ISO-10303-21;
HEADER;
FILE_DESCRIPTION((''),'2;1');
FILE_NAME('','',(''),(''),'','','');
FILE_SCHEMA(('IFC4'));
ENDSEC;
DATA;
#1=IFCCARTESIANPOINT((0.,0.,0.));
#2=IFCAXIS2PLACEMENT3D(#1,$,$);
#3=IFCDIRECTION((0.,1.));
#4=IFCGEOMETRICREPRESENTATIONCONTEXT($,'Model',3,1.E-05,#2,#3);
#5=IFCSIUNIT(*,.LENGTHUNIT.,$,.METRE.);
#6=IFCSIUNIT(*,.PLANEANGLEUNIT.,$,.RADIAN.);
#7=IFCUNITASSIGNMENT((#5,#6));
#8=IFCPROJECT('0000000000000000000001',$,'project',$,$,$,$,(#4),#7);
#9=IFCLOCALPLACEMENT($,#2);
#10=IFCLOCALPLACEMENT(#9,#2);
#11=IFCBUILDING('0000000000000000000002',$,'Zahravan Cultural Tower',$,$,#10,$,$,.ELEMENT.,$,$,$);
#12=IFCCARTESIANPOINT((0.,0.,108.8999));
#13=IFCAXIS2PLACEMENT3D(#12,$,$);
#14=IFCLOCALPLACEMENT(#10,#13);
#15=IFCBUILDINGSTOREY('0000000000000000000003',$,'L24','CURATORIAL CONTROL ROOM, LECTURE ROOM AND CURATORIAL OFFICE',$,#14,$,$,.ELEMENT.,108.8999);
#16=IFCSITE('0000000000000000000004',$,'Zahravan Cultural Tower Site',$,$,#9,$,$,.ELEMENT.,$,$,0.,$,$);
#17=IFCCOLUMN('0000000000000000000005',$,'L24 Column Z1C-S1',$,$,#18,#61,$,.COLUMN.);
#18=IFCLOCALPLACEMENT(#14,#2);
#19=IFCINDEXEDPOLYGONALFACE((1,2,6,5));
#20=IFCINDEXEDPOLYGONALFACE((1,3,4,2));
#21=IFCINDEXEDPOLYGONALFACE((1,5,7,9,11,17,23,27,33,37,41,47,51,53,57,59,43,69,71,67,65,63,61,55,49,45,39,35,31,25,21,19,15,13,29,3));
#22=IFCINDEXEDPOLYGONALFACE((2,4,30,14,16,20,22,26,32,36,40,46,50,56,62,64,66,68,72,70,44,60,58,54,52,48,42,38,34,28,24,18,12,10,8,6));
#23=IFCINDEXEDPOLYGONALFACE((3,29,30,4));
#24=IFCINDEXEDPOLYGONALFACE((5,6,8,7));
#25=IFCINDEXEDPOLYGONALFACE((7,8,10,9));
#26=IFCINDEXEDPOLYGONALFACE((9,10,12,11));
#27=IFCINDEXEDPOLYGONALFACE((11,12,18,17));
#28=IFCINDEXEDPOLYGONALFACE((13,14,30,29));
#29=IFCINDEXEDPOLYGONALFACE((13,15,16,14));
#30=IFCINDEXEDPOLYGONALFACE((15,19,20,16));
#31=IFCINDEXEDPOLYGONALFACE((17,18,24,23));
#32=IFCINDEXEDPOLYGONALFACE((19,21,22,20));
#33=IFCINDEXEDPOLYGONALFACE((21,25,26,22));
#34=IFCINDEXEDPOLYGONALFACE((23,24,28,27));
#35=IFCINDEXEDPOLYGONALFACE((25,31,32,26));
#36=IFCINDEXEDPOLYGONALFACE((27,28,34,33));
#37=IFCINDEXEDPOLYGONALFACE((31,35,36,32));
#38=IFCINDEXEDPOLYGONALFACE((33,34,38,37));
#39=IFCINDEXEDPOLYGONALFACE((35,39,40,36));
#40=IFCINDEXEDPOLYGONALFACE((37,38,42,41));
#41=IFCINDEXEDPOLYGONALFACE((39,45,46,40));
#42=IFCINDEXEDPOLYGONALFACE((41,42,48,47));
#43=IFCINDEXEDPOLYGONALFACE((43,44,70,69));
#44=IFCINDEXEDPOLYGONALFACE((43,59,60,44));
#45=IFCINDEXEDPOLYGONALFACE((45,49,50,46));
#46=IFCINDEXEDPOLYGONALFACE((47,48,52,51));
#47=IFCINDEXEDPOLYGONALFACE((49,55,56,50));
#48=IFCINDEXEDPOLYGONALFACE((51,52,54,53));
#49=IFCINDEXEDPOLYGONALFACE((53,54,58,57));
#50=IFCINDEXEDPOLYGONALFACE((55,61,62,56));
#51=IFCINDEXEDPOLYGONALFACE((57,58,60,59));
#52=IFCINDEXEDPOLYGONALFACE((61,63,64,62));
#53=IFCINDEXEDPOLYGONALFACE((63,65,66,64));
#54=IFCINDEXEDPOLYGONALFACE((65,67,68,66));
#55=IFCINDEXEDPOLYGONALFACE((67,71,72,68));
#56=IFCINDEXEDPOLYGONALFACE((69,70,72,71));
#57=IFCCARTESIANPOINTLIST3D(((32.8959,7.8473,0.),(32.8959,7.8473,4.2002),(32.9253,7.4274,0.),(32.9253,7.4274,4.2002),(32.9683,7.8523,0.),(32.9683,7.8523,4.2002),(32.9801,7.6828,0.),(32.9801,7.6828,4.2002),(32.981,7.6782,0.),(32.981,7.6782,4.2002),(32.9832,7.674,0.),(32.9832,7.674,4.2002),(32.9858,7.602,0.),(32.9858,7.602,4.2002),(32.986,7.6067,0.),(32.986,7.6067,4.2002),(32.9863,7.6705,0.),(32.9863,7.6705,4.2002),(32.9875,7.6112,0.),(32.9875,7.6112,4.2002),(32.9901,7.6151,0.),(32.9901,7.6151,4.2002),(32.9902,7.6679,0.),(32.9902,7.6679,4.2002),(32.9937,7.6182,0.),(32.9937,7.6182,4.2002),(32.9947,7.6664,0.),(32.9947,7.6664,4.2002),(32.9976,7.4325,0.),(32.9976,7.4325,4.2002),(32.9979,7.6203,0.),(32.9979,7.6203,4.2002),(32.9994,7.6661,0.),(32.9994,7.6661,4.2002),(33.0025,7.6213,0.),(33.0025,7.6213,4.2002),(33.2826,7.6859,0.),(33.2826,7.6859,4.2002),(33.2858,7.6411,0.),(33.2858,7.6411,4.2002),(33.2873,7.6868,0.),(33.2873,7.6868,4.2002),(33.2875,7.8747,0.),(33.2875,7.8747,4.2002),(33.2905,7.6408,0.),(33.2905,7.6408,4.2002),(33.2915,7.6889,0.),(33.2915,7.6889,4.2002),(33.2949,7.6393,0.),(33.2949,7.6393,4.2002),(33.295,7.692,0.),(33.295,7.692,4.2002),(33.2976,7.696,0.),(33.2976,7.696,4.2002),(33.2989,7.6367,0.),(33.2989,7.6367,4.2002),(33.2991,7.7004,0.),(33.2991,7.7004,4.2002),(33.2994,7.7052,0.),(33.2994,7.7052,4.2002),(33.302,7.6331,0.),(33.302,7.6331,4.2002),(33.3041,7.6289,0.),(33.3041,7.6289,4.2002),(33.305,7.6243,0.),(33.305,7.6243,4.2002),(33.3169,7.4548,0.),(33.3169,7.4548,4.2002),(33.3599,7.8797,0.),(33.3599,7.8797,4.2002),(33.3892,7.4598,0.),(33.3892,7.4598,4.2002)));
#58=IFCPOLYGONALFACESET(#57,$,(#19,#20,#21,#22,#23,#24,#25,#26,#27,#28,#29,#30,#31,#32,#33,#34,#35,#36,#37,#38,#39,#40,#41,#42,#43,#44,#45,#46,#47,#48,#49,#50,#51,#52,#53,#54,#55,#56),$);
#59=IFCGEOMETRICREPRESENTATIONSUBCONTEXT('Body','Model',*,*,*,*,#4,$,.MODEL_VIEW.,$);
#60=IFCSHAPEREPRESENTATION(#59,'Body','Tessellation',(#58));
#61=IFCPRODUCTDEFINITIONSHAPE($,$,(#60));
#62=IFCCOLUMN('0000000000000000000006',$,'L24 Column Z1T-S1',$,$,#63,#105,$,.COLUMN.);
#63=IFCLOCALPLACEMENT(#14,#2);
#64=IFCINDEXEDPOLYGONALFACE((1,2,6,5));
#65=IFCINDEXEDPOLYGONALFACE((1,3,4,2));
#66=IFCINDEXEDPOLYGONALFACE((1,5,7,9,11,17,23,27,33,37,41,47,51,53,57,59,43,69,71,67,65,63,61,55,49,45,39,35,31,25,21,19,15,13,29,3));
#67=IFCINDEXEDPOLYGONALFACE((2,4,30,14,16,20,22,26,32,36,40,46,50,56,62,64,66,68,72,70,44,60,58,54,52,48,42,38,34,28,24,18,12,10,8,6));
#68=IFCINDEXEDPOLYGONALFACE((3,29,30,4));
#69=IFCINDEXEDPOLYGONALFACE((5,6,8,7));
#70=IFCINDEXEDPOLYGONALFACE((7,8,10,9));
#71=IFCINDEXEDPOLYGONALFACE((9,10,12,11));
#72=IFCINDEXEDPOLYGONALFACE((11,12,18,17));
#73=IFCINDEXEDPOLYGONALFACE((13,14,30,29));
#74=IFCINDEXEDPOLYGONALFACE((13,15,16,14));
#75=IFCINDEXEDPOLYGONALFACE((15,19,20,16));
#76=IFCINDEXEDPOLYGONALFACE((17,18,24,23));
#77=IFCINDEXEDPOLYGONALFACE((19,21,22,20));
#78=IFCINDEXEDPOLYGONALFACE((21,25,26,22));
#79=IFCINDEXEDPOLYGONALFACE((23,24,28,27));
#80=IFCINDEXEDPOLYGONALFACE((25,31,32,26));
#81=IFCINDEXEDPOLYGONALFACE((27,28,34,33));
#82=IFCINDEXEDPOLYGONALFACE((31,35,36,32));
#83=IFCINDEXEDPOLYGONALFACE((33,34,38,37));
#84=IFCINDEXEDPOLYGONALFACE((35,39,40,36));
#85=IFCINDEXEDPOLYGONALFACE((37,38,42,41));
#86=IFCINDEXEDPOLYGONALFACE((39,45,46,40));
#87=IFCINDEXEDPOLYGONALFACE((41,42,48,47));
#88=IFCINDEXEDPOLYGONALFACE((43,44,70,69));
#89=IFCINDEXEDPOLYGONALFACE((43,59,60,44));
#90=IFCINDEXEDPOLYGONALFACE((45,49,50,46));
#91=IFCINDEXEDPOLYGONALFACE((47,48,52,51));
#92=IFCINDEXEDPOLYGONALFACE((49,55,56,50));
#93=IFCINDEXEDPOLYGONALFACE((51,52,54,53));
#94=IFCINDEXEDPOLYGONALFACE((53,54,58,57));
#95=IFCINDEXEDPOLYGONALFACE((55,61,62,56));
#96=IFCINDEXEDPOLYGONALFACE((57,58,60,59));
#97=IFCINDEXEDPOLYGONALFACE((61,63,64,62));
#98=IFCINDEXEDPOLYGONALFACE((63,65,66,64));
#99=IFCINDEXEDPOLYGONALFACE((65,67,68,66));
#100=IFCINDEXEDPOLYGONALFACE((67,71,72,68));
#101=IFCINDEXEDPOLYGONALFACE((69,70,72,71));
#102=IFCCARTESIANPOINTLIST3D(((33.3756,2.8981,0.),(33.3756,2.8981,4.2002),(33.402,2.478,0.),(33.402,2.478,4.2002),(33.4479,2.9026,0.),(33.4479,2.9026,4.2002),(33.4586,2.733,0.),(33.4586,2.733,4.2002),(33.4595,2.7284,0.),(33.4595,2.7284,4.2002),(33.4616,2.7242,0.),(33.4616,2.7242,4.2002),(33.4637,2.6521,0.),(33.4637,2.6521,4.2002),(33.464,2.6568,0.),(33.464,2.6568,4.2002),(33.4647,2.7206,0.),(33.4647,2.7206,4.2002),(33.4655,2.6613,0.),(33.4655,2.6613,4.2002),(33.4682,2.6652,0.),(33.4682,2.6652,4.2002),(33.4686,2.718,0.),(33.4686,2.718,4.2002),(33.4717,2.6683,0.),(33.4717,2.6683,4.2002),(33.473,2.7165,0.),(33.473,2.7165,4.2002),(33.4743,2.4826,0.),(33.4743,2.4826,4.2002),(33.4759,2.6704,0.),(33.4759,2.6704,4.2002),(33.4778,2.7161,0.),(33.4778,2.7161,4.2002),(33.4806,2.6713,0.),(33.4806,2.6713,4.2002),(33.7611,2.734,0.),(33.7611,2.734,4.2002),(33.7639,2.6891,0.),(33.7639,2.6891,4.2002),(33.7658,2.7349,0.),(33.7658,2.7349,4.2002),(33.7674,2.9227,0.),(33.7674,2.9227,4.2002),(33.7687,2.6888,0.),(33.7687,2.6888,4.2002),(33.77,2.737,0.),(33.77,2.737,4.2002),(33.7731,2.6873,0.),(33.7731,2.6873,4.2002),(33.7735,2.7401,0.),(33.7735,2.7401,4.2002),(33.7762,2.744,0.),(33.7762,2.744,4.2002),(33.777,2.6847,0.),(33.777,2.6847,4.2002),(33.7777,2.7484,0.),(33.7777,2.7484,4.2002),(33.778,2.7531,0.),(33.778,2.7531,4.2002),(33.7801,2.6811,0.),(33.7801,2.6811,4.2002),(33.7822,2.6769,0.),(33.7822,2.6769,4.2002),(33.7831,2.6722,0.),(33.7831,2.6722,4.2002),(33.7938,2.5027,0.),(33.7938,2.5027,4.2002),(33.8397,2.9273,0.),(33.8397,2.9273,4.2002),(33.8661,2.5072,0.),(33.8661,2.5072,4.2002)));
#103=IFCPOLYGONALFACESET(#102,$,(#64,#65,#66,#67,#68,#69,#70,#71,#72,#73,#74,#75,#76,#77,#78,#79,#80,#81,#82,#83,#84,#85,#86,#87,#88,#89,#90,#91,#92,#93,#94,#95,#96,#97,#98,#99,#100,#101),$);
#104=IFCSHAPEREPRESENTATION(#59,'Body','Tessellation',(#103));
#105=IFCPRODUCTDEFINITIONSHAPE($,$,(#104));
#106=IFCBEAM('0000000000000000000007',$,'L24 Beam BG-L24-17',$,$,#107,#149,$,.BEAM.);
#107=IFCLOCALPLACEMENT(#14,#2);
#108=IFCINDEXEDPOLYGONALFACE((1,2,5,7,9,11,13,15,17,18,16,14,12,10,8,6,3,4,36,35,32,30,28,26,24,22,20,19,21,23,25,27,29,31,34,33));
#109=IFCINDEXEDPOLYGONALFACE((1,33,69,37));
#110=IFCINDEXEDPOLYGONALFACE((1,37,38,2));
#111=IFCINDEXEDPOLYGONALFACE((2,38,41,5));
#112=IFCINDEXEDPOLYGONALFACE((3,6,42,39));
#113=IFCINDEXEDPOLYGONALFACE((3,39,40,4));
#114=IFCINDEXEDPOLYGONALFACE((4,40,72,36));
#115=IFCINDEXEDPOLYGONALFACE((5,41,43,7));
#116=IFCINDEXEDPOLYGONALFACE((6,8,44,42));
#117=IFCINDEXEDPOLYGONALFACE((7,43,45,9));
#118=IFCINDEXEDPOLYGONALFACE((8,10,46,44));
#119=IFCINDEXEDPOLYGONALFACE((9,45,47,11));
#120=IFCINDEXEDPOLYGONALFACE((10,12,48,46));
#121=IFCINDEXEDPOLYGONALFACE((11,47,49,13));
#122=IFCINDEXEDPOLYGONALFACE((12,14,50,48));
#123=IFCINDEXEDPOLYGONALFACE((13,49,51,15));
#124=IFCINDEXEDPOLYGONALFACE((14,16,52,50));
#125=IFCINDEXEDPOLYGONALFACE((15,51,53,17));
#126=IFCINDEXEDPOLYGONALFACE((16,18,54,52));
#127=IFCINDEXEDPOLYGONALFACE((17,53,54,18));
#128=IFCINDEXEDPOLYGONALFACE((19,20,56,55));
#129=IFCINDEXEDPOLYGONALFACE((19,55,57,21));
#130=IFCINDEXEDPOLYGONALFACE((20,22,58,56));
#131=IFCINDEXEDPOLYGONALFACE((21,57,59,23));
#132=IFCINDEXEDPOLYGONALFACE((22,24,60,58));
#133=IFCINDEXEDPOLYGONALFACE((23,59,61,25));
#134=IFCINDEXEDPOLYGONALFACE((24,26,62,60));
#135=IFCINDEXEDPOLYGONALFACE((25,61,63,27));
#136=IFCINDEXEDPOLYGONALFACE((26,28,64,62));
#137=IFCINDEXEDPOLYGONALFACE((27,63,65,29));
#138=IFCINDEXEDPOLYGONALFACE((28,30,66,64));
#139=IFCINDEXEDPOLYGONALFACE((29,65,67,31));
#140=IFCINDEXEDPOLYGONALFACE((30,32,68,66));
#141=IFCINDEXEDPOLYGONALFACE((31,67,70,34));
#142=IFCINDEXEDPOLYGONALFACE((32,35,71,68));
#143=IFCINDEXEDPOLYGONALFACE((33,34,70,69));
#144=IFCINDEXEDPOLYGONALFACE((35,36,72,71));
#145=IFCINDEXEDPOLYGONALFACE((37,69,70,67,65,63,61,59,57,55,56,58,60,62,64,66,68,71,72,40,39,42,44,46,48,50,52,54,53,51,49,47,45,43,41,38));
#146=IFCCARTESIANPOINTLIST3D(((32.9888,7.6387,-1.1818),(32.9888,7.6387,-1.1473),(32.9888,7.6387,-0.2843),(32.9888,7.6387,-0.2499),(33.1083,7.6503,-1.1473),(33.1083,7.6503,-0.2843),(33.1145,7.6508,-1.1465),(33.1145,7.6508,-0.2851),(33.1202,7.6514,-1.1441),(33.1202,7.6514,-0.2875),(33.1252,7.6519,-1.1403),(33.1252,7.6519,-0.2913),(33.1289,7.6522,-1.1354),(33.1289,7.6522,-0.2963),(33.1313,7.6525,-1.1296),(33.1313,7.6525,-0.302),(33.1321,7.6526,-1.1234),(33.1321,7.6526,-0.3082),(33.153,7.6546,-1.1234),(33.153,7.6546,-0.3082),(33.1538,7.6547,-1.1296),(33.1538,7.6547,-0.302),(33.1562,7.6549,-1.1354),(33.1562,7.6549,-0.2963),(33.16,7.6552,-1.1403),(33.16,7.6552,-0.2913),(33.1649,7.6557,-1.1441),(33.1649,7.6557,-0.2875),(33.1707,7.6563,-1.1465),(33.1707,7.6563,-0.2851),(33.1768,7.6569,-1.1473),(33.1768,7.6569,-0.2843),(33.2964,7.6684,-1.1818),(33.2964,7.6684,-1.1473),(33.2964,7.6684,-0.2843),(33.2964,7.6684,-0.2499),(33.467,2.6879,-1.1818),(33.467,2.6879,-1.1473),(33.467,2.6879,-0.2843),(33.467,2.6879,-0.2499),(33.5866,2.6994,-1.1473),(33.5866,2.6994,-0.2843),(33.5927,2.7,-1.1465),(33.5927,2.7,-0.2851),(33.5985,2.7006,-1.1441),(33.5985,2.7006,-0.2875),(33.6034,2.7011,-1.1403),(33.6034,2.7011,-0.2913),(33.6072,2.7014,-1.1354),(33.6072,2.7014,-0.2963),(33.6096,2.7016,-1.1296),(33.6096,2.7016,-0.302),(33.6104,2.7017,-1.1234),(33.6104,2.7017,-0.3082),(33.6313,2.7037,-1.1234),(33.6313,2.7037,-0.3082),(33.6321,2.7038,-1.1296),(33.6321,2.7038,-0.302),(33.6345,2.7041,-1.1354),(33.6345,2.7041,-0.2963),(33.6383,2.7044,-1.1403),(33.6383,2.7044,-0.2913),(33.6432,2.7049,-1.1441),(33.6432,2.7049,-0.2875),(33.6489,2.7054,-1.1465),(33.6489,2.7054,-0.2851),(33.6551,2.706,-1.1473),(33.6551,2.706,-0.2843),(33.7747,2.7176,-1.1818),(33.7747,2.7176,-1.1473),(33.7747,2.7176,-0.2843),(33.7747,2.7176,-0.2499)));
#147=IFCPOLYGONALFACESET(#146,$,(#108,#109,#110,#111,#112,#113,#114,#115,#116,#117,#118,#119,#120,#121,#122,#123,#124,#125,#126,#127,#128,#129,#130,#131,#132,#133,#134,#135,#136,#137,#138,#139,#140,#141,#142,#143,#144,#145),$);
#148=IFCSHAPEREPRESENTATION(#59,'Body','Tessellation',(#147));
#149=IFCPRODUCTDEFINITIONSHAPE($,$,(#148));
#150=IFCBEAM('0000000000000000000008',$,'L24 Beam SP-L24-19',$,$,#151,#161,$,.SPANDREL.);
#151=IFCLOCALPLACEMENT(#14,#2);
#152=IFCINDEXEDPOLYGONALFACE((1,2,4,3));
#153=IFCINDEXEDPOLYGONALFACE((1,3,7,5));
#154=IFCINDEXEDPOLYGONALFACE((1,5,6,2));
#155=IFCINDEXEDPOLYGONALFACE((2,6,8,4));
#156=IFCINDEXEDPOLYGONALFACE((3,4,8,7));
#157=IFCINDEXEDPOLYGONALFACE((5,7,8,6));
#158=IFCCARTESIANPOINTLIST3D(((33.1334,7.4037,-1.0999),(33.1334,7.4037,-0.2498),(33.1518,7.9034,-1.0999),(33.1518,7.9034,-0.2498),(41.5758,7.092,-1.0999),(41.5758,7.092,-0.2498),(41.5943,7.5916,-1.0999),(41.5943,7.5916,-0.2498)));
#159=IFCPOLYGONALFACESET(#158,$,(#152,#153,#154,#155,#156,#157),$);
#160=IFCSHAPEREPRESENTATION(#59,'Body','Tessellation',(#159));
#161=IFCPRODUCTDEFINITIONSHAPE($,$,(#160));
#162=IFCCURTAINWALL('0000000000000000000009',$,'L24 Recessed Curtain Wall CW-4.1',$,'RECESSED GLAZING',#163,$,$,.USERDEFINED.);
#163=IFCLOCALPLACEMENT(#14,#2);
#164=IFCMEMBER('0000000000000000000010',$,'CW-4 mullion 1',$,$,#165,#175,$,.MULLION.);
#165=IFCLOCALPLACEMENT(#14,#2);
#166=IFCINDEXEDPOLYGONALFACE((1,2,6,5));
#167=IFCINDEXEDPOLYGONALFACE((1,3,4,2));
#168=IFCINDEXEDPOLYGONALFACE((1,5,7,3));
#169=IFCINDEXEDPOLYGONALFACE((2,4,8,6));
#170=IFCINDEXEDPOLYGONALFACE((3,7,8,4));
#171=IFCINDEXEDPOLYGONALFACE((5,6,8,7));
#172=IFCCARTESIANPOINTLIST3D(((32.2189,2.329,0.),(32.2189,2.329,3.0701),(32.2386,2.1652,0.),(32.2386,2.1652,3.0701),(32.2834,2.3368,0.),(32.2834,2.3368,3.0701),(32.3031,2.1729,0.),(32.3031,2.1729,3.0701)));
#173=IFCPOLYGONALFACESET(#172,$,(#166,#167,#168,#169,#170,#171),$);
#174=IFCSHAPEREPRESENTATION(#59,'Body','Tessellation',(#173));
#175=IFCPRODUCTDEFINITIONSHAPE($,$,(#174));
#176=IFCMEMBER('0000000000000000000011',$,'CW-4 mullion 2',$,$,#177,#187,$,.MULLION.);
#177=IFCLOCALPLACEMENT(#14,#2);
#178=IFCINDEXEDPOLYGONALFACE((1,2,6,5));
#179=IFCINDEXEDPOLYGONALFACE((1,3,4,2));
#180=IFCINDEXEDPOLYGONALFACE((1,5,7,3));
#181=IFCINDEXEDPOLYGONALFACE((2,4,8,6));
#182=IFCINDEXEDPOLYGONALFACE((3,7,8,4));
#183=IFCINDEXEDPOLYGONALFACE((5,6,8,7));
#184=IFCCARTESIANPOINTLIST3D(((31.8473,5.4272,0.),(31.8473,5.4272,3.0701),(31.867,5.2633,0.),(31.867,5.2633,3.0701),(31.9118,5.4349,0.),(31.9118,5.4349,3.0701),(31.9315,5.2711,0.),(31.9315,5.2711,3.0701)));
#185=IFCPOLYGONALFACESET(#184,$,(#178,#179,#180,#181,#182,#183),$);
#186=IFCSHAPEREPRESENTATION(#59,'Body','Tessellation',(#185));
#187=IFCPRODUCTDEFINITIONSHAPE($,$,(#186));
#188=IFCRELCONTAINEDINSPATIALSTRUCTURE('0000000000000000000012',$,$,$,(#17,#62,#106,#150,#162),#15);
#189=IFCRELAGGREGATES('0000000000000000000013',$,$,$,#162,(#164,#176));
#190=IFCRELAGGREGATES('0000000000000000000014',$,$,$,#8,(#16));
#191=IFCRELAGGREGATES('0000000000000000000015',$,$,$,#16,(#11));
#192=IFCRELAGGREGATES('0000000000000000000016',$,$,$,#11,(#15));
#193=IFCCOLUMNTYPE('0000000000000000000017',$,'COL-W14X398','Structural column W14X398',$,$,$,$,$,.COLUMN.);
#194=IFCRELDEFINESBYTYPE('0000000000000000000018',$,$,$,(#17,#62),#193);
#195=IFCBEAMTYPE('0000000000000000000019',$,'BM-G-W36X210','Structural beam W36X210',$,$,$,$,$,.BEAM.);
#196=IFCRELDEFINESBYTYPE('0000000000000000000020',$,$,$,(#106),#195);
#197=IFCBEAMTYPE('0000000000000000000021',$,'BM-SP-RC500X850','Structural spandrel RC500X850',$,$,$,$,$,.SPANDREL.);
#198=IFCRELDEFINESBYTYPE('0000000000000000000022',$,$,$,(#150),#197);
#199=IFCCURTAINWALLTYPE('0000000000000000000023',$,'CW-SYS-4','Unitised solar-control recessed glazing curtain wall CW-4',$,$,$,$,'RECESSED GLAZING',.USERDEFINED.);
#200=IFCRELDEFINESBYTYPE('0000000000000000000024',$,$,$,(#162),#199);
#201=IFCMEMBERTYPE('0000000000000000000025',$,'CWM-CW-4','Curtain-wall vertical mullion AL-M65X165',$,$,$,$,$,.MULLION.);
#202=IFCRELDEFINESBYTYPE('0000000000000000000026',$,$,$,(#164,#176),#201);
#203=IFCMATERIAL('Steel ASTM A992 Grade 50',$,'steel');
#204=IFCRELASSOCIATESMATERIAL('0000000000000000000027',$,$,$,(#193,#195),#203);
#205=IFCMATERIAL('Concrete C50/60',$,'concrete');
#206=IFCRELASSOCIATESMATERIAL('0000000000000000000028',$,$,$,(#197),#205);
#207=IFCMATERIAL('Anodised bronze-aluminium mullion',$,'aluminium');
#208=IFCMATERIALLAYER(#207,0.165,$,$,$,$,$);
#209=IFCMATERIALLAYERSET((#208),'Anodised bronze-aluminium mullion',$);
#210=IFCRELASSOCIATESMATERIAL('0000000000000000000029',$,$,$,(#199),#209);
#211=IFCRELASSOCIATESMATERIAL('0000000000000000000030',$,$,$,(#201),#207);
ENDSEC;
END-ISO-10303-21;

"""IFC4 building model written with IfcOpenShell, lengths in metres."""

from ifc_helpers import new_model, si_unit, direction, frame, origin, origin_2d, place, context, subcontext, project, spatial, rectangle, i_section, extrude, source, transform, mapped, material, layer, layer_set, material_profile, profile_set, type_object, element, aggregate, save


model = new_model("IFC4")

# Units and contexts
model_context = context("Model", 3, precision=1e-05, world=origin(), true_north=direction((0.0, 1.0)))
body_context = subcontext(model_context, "Body", "Model", "MODEL_VIEW")
ifc_project = project(units=[si_unit("LENGTHUNIT", "METRE"), si_unit("PLANEANGLEUNIT", "RADIAN")], contexts=[model_context])

# Site, building, storey
site_placement = place(None, origin())
site = spatial("IfcSite", under=ifc_project, at=site_placement, Name="Zahravan Cultural Tower Site", CompositionType="ELEMENT", RefElevation=0.0)
building_placement = place(site_placement, origin())
building = spatial("IfcBuilding", under=site, at=building_placement, Name="Zahravan Cultural Tower", CompositionType="ELEMENT")
storey_placement = place(building_placement, frame((0.0, 0.0, 108.8999)))
storey = spatial("IfcBuildingStorey", under=building, at=storey_placement, Name="L24", Description="CURATORIAL CONTROL ROOM, LECTURE ROOM AND CURATORIAL OFFICE", CompositionType="ELEMENT", Elevation=108.8999)

# Columns
ifc_material_1 = material(Name="Steel ASTM A992 Grade 50", Category="steel")
ifc_material_profile_1 = material_profile(ifc_material_1, i_section(OverallWidth=0.4209, OverallDepth=0.4651, WebThickness=0.0449, FlangeThickness=0.0725, FilletRadius=0.0181, at=origin_2d()), Name="W14X398")
ifc_profile_set_1 = profile_set([ifc_material_profile_1], Name="Steel ASTM A992 Grade 50")
column_type = type_object("IfcColumnType", Name="COL-W14X398", Description="Structural column W14X398", PredefinedType="COLUMN", material=ifc_profile_set_1)
shared_shape_1 = source(origin(), body_context, "Body", "SweptSolid", [
    extrude(i_section(OverallWidth=0.4209, OverallDepth=0.4651, WebThickness=0.0449, FlangeThickness=0.0725, FilletRadius=0.0181, at=origin_2d()), origin(), (0.0, 0.0, 1.0), 4.2002),
])
for number, where, z_axis, x_axis, name in (
    (1, (33.1426, 7.6536, 0.0), (0.0, 0.0, 1.0), (-0.069756, 0.997564, 0.0), "L24 Column Z1C-S1"),
    (2, (33.6208, 2.7026, 0.0), (0.0, 0.0, 1.0), (-0.062791, 0.998027, 0.0), "L24 Column Z1T-S1"),
):
    element("IfcColumn", number, at=place(storey_placement, frame(where, z_axis=z_axis, x_axis=x_axis)), inside=storey, type_object=column_type, Name=name, PredefinedType="COLUMN", context=body_context, shape_type="MappedRepresentation", body=[
        mapped(shared_shape_1, transform((0.0, 0.0, 0.0), x_axis=(1.0, 0.0, 0.0), y_axis=(0.0, 1.0, 0.0), z_axis=(0.0, 0.0, 1.0), scale=1.0)),
    ])

# Beams
ifc_material_profile_2 = material_profile(ifc_material_1, i_section(OverallWidth=0.3091, OverallDepth=0.9319, WebThickness=0.021, FlangeThickness=0.0344, FilletRadius=0.0239, at=origin_2d()), Name="W36X210")
ifc_profile_set_2 = profile_set([ifc_material_profile_2], Name="Steel ASTM A992 Grade 50")
beam_type_1 = type_object("IfcBeamType", Name="BM-G-W36X210", Description="Structural beam W36X210", PredefinedType="BEAM", material=ifc_profile_set_2)
shared_shape_2 = source(origin(), body_context, "Body", "SweptSolid", [
    extrude(i_section(OverallWidth=0.3091, OverallDepth=0.9319, WebThickness=0.021, FlangeThickness=0.0344, FilletRadius=0.0239, at=origin_2d()), origin(), (0.0, 0.0, 1.0), 4.9739),
])
beam_1_placement = place(storey_placement, frame((33.1426, 7.6536, -0.7158), z_axis=(0.096155, -0.995366, 0.0), x_axis=(0.995366, 0.096155, 0.0)))
element("IfcBeam", 3, at=beam_1_placement, inside=storey, type_object=beam_type_1, Name="L24 Beam BG-L24-17", PredefinedType="BEAM", context=body_context, shape_type="MappedRepresentation", body=[
    mapped(shared_shape_2, transform((0.0, 0.0, 0.0), x_axis=(1.0, 0.0, 0.0), y_axis=(0.0, 1.0, 0.0), z_axis=(0.0, 0.0, 1.0), scale=1.0)),
])
ifc_material_2 = material(Name="Concrete C50/60", Category="concrete")
ifc_material_profile_3 = material_profile(ifc_material_2, rectangle(XDim=0.5, YDim=0.8501, at=origin_2d()), Name="RC500X850")
ifc_profile_set_3 = profile_set([ifc_material_profile_3], Name="Concrete C50/60")
beam_type_2 = type_object("IfcBeamType", Name="BM-SP-RC500X850", Description="Structural spandrel RC500X850", PredefinedType="SPANDREL", material=ifc_profile_set_3)
shared_shape_3 = source(origin(), body_context, "Body", "SweptSolid", [
    extrude(rectangle(XDim=0.5, YDim=0.8501, at=origin_2d()), origin(), (0.0, 0.0, 1.0), 8.4482),
])
beam_2_placement = place(storey_placement, frame((33.1426, 7.6536, -0.6748), z_axis=(0.999319, -0.036904, 0.0), x_axis=(0.036904, 0.999319, 0.0)))
element("IfcBeam", 4, at=beam_2_placement, inside=storey, type_object=beam_type_2, Name="L24 Beam SP-L24-19", PredefinedType="SPANDREL", context=body_context, shape_type="MappedRepresentation", body=[
    mapped(shared_shape_3, transform((0.0, 0.0, 0.0), x_axis=(1.0, 0.0, 0.0), y_axis=(0.0, 1.0, 0.0), z_axis=(0.0, 0.0, 1.0), scale=1.0)),
])

# Curtain wall, members
ifc_material_3 = material(Name="Anodised bronze-aluminium mullion", Category="aluminium")
ifc_layer_1 = layer(ifc_material_3, 0.165)
ifc_layer_set_1 = layer_set([ifc_layer_1], Name="Anodised bronze-aluminium mullion")
curtain_wall_type = type_object("IfcCurtainWallType", Name="CW-SYS-4", Description="Unitised solar-control recessed glazing curtain wall CW-4", ElementType="RECESSED GLAZING", PredefinedType="USERDEFINED", material=ifc_layer_set_1)
curtain_wall_placement = place(storey_placement, origin())
curtain_wall = element("IfcCurtainWall", 5, at=curtain_wall_placement, inside=storey, type_object=curtain_wall_type, Name="L24 Recessed Curtain Wall CW-4.1", ObjectType="RECESSED GLAZING", PredefinedType="USERDEFINED")
ifc_material_profile_4 = material_profile(ifc_material_3, rectangle(XDim=0.0649, YDim=0.165, at=origin_2d()), Name="AL-M65X165")
ifc_profile_set_4 = profile_set([ifc_material_profile_4], Name="Anodised bronze-aluminium mullion")
member_type_1 = type_object("IfcMemberType", Name="CWM-CW-4", Description="Curtain-wall vertical mullion AL-M65X165", PredefinedType="MULLION", material=ifc_profile_set_4)
shared_shape_4 = source(origin(), body_context, "Body", "SweptSolid", [
    extrude(rectangle(XDim=0.0649, YDim=0.165, at=origin_2d()), origin(), (0.0, 0.0, 1.0), 3.0701),
])
member_1_placement = place(storey_placement, frame((32.261, 2.251, 0.0), z_axis=(0.0, 0.0, 1.0), x_axis=(-0.992883, -0.119095, 0.0)))
member_1 = element("IfcMember", 6, at=member_1_placement, type_object=member_type_1, Name="CW-4 mullion 1", PredefinedType="MULLION", context=body_context, shape_type="MappedRepresentation", body=[
    mapped(shared_shape_4, transform((0.0, 0.0, 0.0), x_axis=(1.0, 0.0, 0.0), y_axis=(0.0, 1.0, 0.0), z_axis=(0.0, 0.0, 1.0), scale=1.0)),
])
member_2_placement = place(storey_placement, frame((31.8894, 5.3491, 0.0), z_axis=(0.0, 0.0, 1.0), x_axis=(-0.992883, -0.119095, 0.0)))
member_2 = element("IfcMember", 7, at=member_2_placement, type_object=member_type_1, Name="CW-4 mullion 2", PredefinedType="MULLION", context=body_context, shape_type="MappedRepresentation", body=[
    mapped(shared_shape_4, transform((0.0, 0.0, 0.0), x_axis=(1.0, 0.0, 0.0), y_axis=(0.0, 1.0, 0.0), z_axis=(0.0, 0.0, 1.0), scale=1.0)),
])
aggregate(curtain_wall, [member_1, member_2])

save(model, "model.ifc")
